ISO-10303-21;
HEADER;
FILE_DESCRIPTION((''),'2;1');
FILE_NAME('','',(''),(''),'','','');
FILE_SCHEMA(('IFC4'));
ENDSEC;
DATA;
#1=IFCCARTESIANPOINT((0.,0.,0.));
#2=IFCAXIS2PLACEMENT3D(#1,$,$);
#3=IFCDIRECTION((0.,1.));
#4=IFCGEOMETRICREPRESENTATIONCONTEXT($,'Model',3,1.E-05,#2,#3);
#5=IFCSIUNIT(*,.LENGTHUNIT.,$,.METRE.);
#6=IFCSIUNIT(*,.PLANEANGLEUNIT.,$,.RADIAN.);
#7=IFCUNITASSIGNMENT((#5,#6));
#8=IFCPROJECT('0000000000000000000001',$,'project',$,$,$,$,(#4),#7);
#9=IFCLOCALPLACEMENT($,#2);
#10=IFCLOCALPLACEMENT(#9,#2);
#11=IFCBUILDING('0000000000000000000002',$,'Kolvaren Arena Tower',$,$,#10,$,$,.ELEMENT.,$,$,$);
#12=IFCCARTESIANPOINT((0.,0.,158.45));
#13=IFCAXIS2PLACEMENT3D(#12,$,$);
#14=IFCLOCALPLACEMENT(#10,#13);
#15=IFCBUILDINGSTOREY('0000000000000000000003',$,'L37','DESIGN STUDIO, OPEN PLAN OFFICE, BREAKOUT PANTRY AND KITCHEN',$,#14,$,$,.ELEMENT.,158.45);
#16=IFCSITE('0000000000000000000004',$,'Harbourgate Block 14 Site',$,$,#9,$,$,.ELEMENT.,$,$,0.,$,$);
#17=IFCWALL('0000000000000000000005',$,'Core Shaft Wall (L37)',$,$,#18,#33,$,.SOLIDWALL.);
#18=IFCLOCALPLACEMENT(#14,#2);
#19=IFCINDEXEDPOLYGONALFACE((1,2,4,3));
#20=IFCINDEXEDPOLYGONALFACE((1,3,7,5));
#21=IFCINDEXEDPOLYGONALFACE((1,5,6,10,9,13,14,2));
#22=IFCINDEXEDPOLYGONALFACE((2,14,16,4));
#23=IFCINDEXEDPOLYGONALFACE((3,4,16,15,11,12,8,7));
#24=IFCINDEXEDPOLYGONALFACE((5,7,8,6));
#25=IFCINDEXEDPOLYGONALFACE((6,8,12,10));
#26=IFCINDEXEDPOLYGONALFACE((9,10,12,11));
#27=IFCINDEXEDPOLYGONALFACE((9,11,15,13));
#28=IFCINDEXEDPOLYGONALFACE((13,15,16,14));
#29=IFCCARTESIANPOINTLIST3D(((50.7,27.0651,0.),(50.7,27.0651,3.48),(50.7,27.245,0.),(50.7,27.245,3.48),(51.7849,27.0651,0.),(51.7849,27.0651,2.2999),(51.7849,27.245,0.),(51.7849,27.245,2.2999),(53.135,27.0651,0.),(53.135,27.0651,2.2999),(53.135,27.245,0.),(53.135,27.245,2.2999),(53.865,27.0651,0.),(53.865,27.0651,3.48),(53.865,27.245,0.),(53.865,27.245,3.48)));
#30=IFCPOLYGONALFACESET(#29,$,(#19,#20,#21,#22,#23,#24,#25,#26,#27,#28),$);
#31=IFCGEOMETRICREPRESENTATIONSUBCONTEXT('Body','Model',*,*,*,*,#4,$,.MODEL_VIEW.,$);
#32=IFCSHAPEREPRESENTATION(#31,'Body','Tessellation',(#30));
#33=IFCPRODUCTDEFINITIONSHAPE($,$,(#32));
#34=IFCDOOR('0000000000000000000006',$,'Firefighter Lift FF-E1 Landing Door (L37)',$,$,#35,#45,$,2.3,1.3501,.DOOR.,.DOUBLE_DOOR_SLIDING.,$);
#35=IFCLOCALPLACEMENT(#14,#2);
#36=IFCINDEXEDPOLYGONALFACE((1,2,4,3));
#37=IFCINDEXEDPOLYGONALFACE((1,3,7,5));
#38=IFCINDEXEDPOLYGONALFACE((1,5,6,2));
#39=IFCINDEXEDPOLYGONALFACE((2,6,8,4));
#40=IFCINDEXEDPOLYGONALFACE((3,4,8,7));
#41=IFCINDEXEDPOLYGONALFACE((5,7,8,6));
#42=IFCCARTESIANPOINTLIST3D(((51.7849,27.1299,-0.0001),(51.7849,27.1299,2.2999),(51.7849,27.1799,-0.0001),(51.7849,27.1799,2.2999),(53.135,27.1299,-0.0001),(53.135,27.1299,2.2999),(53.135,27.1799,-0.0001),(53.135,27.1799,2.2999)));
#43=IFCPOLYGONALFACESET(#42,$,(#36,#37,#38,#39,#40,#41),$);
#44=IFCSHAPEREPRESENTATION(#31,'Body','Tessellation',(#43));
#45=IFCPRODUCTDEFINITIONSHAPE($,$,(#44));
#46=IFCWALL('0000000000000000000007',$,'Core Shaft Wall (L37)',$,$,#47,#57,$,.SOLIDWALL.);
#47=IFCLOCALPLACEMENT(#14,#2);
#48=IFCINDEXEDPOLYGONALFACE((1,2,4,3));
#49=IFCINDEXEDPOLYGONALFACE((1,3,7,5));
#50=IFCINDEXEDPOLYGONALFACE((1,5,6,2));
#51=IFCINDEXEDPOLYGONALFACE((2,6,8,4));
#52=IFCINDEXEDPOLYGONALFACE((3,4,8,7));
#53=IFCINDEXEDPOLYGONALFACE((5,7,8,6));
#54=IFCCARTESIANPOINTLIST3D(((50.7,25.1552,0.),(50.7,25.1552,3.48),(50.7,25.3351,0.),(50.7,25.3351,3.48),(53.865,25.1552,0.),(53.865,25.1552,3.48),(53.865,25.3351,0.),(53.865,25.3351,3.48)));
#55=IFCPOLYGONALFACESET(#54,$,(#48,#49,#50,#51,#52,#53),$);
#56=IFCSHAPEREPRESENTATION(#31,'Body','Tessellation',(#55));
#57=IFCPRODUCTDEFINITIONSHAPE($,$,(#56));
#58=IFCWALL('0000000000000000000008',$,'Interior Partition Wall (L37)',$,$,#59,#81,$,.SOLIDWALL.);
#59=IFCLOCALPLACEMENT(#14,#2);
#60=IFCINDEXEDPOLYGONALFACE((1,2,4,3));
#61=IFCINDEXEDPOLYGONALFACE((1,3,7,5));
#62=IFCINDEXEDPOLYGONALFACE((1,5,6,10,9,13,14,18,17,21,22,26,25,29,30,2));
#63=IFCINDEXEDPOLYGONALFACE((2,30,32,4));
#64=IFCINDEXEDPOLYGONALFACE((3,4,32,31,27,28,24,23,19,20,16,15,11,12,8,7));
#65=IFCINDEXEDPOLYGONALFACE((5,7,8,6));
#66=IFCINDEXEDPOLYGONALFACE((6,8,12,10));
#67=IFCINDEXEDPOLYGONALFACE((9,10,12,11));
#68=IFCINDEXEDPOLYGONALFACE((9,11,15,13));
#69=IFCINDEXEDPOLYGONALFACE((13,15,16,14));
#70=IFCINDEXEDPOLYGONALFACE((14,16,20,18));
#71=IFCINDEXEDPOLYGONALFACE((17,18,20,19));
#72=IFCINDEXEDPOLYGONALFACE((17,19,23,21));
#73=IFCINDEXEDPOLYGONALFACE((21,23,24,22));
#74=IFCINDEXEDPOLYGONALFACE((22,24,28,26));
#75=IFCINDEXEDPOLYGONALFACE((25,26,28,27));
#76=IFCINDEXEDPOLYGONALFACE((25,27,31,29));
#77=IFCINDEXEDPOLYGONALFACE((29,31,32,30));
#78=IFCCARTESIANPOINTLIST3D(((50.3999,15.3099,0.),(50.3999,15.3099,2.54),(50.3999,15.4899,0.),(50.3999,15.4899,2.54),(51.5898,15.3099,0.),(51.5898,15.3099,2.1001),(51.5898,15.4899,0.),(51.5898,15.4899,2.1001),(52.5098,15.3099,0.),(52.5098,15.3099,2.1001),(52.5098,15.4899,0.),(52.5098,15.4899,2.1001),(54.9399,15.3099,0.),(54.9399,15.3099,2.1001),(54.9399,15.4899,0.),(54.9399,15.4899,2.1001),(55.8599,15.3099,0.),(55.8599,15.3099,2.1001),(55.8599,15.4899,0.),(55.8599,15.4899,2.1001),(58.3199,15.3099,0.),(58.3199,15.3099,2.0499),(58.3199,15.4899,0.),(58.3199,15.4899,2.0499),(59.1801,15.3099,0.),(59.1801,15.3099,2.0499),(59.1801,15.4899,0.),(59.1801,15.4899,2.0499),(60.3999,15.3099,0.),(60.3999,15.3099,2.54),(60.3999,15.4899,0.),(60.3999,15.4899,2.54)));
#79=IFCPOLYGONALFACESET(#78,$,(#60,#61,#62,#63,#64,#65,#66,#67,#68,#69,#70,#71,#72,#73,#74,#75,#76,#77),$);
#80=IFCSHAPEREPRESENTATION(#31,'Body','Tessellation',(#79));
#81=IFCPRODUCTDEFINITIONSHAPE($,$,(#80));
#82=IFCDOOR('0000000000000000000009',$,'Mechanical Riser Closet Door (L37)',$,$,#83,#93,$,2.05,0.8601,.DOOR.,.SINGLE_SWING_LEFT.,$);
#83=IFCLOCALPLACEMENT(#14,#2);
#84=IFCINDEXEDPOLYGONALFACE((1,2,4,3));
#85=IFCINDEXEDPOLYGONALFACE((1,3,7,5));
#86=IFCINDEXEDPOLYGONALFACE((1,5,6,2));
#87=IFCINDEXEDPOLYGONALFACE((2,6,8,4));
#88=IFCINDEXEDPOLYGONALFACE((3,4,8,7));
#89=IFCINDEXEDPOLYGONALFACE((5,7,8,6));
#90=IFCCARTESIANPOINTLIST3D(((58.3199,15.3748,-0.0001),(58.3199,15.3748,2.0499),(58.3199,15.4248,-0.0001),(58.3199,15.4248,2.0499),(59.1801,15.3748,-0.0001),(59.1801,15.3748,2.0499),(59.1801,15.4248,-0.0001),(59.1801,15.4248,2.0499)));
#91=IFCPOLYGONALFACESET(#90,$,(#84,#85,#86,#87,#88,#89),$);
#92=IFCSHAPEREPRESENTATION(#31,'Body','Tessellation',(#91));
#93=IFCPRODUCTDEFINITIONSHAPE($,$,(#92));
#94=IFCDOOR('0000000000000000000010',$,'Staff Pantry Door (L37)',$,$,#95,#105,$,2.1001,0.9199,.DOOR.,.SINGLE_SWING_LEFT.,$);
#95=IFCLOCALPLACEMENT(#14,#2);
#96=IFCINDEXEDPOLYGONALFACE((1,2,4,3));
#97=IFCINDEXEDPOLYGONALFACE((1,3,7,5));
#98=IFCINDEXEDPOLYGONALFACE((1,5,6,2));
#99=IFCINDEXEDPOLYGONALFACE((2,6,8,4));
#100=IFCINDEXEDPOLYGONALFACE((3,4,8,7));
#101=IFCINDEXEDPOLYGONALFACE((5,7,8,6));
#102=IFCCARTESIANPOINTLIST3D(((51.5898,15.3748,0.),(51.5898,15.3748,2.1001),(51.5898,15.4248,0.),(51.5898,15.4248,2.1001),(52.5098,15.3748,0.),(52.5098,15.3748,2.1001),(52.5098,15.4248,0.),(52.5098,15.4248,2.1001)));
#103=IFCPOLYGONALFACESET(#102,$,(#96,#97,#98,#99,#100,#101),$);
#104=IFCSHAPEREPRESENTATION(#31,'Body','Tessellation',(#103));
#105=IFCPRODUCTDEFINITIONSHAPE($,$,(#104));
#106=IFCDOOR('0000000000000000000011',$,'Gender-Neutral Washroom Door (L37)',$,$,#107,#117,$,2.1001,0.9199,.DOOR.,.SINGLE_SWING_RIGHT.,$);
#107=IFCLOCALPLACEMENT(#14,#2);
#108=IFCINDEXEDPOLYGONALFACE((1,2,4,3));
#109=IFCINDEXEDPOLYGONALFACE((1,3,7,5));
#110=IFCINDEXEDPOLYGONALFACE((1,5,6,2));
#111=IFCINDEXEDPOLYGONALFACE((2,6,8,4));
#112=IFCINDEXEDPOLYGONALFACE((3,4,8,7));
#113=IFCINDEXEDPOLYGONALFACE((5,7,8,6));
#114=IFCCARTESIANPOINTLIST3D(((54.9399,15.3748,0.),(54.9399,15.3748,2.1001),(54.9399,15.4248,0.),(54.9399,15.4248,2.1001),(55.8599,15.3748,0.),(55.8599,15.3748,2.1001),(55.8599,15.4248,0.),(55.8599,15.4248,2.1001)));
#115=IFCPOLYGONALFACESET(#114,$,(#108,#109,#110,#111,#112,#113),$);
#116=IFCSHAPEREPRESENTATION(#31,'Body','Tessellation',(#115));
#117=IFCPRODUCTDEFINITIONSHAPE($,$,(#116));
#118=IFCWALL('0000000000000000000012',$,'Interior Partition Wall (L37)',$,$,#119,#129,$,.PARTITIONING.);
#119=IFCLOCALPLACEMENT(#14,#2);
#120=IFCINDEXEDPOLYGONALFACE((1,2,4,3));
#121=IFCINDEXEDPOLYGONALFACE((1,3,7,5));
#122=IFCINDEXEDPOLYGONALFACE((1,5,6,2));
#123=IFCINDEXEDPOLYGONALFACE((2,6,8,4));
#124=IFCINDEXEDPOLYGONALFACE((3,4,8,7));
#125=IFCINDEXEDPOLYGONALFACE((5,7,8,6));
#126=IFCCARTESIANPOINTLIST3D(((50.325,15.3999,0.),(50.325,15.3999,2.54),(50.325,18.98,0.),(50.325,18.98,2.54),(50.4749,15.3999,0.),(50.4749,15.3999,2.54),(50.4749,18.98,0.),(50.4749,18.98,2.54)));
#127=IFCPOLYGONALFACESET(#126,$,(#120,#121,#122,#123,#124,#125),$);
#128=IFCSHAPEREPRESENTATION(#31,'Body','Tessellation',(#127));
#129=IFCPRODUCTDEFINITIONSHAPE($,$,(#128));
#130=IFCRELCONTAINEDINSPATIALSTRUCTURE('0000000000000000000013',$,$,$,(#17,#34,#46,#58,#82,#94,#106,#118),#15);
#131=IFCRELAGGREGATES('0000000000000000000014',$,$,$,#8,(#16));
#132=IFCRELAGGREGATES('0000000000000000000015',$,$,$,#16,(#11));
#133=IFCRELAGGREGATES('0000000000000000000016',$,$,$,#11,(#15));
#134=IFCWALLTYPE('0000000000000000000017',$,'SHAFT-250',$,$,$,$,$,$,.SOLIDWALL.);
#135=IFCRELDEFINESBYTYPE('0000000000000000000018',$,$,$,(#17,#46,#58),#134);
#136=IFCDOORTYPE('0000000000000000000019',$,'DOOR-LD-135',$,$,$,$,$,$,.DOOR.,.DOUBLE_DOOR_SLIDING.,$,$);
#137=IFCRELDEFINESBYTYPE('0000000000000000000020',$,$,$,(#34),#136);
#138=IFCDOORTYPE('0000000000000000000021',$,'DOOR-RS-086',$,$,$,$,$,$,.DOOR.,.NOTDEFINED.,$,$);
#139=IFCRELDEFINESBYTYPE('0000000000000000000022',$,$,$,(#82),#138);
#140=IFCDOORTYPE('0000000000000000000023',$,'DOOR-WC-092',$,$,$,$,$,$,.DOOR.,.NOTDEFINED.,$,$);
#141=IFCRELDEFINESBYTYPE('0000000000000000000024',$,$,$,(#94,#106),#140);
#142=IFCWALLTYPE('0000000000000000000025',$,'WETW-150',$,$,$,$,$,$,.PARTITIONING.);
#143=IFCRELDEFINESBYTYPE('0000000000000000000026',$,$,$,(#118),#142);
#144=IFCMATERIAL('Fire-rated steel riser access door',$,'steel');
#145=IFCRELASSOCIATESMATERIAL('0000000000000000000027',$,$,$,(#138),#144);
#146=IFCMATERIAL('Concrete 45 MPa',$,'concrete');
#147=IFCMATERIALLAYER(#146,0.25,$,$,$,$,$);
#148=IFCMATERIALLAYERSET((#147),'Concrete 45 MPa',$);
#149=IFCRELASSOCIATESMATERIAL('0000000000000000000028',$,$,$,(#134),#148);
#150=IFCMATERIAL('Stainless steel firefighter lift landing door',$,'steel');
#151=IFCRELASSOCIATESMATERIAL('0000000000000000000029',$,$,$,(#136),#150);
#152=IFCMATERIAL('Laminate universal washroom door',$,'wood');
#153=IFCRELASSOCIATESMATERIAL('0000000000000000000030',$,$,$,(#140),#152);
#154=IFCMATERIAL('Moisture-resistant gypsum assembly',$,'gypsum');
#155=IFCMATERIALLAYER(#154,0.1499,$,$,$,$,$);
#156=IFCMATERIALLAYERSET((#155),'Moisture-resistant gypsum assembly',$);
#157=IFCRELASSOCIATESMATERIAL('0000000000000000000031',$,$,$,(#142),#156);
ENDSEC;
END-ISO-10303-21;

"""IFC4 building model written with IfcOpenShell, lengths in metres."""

from ifc_helpers import new_model, si_unit, direction, frame, frame_2d, origin, place, context, subcontext, project, spatial, rectangle, extrude, material, layer, layer_set, type_object, element, fill, save


model = new_model("IFC4")

# Units and contexts
model_context = context("Model", 3, precision=1e-05, world=origin(), true_north=direction((0.0, 1.0)))
body_context = subcontext(model_context, "Body", "Model", "MODEL_VIEW")
ifc_project = project(units=[si_unit("LENGTHUNIT", "METRE"), si_unit("PLANEANGLEUNIT", "RADIAN")], contexts=[model_context])

# Site, building, storey
site_placement = place(None, origin())
site = spatial("IfcSite", under=ifc_project, at=site_placement, Name="Harbourgate Block 14 Site", CompositionType="ELEMENT", RefElevation=0.0)
building_placement = place(site_placement, origin())
building = spatial("IfcBuilding", under=site, at=building_placement, Name="Kolvaren Arena Tower", CompositionType="ELEMENT")
storey_placement = place(building_placement, frame((0.0, 0.0, 158.45)))
storey = spatial("IfcBuildingStorey", under=building, at=storey_placement, Name="L37", Description="DESIGN STUDIO, OPEN PLAN OFFICE, BREAKOUT PANTRY AND KITCHEN", CompositionType="ELEMENT", Elevation=158.45)

# Shared definitions
ifc_material_1 = material(Name="Fire-rated steel riser access door", Category="steel")
door_type_1 = type_object("IfcDoorType", Name="DOOR-RS-086", OperationType="NOTDEFINED", PredefinedType="DOOR", material=ifc_material_1)

# Wall, opening, door
ifc_material_2 = material(Name="Concrete 45 MPa", Category="concrete")
ifc_layer_1 = layer(ifc_material_2, 0.25)
ifc_layer_set_1 = layer_set([ifc_layer_1], Name="Concrete 45 MPa")
wall_type_1 = type_object("IfcWallType", Name="SHAFT-250", PredefinedType="SOLIDWALL", material=ifc_layer_set_1)
wall_1_placement = place(storey_placement, frame((50.7, 27.155, 0.0), z_axis=(0.0, 0.0, 1.0), x_axis=(1.0, 0.0, 0.0)))
wall_1 = element("IfcWall", 1, at=wall_1_placement, inside=storey, type_object=wall_type_1, Name="Core Shaft Wall (L37)", PredefinedType="SOLIDWALL", context=body_context, shape_type="SweptSolid", body=[
    extrude(rectangle(XDim=3.165, YDim=0.1799, at=frame_2d((1.5825, 0.0))), origin(), (0.0, 0.0, 1.0), 3.48),
])
opening_1_placement = place(wall_1_placement, frame((1.085, 0.0, 0.0)))
opening_1 = element("IfcOpeningElement", 2, at=opening_1_placement, cuts=wall_1, PredefinedType="OPENING", context=body_context, shape_type="SweptSolid", body=[
    extrude(rectangle(XDim=1.3501, YDim=2.3, at=frame_2d((0.675, 1.1499))), frame((0.0, 0.0999, 0.0), z_axis=(0.0, -1.0, 0.0), x_axis=(1.0, 0.0, 0.0)), (0.0, 0.0, 1.0), 0.2),
])
ifc_material_3 = material(Name="Stainless steel firefighter lift landing door", Category="steel")
door_type_2 = type_object("IfcDoorType", Name="DOOR-LD-135", OperationType="DOUBLE_DOOR_SLIDING", PredefinedType="DOOR", material=ifc_material_3)
door_1_placement = place(opening_1_placement, origin())
door_1 = element("IfcDoor", 3, at=door_1_placement, inside=storey, type_object=door_type_2, Name="Firefighter Lift FF-E1 Landing Door (L37)", OperationType="DOUBLE_DOOR_SLIDING", OverallHeight=2.3, OverallWidth=1.3501, PredefinedType="DOOR", context=body_context, shape_type="SweptSolid", body=[
    extrude(rectangle(XDim=1.3501, YDim=2.3, at=frame_2d((0.675, 1.1499))), frame((0.0, 0.0249, 0.0), z_axis=(0.0, -1.0, 0.0), x_axis=(1.0, 0.0, 0.0)), (0.0, 0.0, 1.0), 0.05),
])
fill(opening_1, door_1)

# Wall
wall_2_placement = place(storey_placement, frame((50.7, 25.2451, 0.0), z_axis=(0.0, 0.0, 1.0), x_axis=(1.0, 0.0, 0.0)))
element("IfcWall", 4, at=wall_2_placement, inside=storey, type_object=wall_type_1, Name="Core Shaft Wall (L37)", PredefinedType="SOLIDWALL", context=body_context, shape_type="SweptSolid", body=[
    extrude(rectangle(XDim=3.165, YDim=0.1799, at=frame_2d((1.5825, 0.0))), origin(), (0.0, 0.0, 1.0), 3.48),
])

# Wall, openings, doors
wall_3_placement = place(storey_placement, frame((50.3999, 15.3999, 0.0), z_axis=(0.0, 0.0, 1.0), x_axis=(1.0, 0.0, 0.0)))
wall_3 = element("IfcWall", 5, at=wall_3_placement, inside=storey, type_object=wall_type_1, Name="Interior Partition Wall (L37)", PredefinedType="SOLIDWALL", context=body_context, shape_type="SweptSolid", body=[
    extrude(rectangle(XDim=10.0, YDim=0.1799, at=frame_2d((5.0, 0.0))), origin(), (0.0, 0.0, 1.0), 2.54),
])
opening_2_placement = place(wall_3_placement, frame((1.1899, 0.0, 0.0)))
opening_2 = element("IfcOpeningElement", 6, at=opening_2_placement, cuts=wall_3, PredefinedType="OPENING", context=body_context, shape_type="SweptSolid", body=[
    extrude(rectangle(XDim=0.9199, YDim=2.1001, at=frame_2d((0.46, 1.05))), frame((0.0, 0.0999, 0.0), z_axis=(0.0, -1.0, 0.0), x_axis=(1.0, 0.0, 0.0)), (0.0, 0.0, 1.0), 0.2),
])
opening_3_placement = place(wall_3_placement, frame((4.54, 0.0, 0.0)))
opening_3 = element("IfcOpeningElement", 7, at=opening_3_placement, cuts=wall_3, PredefinedType="OPENING", context=body_context, shape_type="SweptSolid", body=[
    extrude(rectangle(XDim=0.9199, YDim=2.1001, at=frame_2d((0.46, 1.05))), frame((0.0, 0.0999, 0.0), z_axis=(0.0, -1.0, 0.0), x_axis=(1.0, 0.0, 0.0)), (0.0, 0.0, 1.0), 0.2),
])
opening_4_placement = place(wall_3_placement, frame((7.9199, 0.0, 0.0)))
opening_4 = element("IfcOpeningElement", 8, at=opening_4_placement, cuts=wall_3, PredefinedType="OPENING", context=body_context, shape_type="SweptSolid", body=[
    extrude(rectangle(XDim=0.8601, YDim=2.05, at=frame_2d((0.4302, 1.0249))), frame((0.0, 0.0999, 0.0), z_axis=(0.0, -1.0, 0.0), x_axis=(1.0, 0.0, 0.0)), (0.0, 0.0, 1.0), 0.2),
])
door_2_placement = place(opening_4_placement, origin())
door_2 = element("IfcDoor", 9, at=door_2_placement, inside=storey, type_object=door_type_1, Name="Mechanical Riser Closet Door (L37)", OperationType="SINGLE_SWING_LEFT", OverallHeight=2.05, OverallWidth=0.8601, PredefinedType="DOOR", context=body_context, shape_type="SweptSolid", body=[
    extrude(rectangle(XDim=0.8601, YDim=2.05, at=frame_2d((0.4302, 1.0249))), frame((0.0, 0.0249, 0.0), z_axis=(0.0, -1.0, 0.0), x_axis=(1.0, 0.0, 0.0)), (0.0, 0.0, 1.0), 0.05),
])
fill(opening_4, door_2)
ifc_material_4 = material(Name="Laminate universal washroom door", Category="wood")
door_type_3 = type_object("IfcDoorType", Name="DOOR-WC-092", OperationType="NOTDEFINED", PredefinedType="DOOR", material=ifc_material_4)
door_3_placement = place(opening_2_placement, origin())
door_3 = element("IfcDoor", 10, at=door_3_placement, inside=storey, type_object=door_type_3, Name="Staff Pantry Door (L37)", OperationType="SINGLE_SWING_LEFT", OverallHeight=2.1001, OverallWidth=0.9199, PredefinedType="DOOR", context=body_context, shape_type="SweptSolid", body=[
    extrude(rectangle(XDim=0.9199, YDim=2.1001, at=frame_2d((0.46, 1.05))), frame((0.0, 0.0249, 0.0), z_axis=(0.0, -1.0, 0.0), x_axis=(1.0, 0.0, 0.0)), (0.0, 0.0, 1.0), 0.05),
])
fill(opening_2, door_3)
door_4_placement = place(opening_3_placement, origin())
door_4 = element("IfcDoor", 11, at=door_4_placement, inside=storey, type_object=door_type_3, Name="Gender-Neutral Washroom Door (L37)", OperationType="SINGLE_SWING_RIGHT", OverallHeight=2.1001, OverallWidth=0.9199, PredefinedType="DOOR", context=body_context, shape_type="SweptSolid", body=[
    extrude(rectangle(XDim=0.9199, YDim=2.1001, at=frame_2d((0.46, 1.05))), frame((0.0, 0.0249, 0.0), z_axis=(0.0, -1.0, 0.0), x_axis=(1.0, 0.0, 0.0)), (0.0, 0.0, 1.0), 0.05),
])
fill(opening_3, door_4)

# Wall
ifc_material_5 = material(Name="Moisture-resistant gypsum assembly", Category="gypsum")
ifc_layer_2 = layer(ifc_material_5, 0.1499)
ifc_layer_set_2 = layer_set([ifc_layer_2], Name="Moisture-resistant gypsum assembly")
wall_type_2 = type_object("IfcWallType", Name="WETW-150", PredefinedType="PARTITIONING", material=ifc_layer_set_2)
wall_4_placement = place(storey_placement, frame((50.3999, 15.3999, 0.0), z_axis=(0.0, 0.0, 1.0), x_axis=(0.0, 1.0, 0.0)))
element("IfcWall", 12, at=wall_4_placement, inside=storey, type_object=wall_type_2, Name="Interior Partition Wall (L37)", PredefinedType="PARTITIONING", context=body_context, shape_type="SweptSolid", body=[
    extrude(rectangle(XDim=3.5801, YDim=0.1499, at=frame_2d((1.79, 0.0))), origin(), (0.0, 0.0, 1.0), 2.54),
])

save(model, "model.ifc")
